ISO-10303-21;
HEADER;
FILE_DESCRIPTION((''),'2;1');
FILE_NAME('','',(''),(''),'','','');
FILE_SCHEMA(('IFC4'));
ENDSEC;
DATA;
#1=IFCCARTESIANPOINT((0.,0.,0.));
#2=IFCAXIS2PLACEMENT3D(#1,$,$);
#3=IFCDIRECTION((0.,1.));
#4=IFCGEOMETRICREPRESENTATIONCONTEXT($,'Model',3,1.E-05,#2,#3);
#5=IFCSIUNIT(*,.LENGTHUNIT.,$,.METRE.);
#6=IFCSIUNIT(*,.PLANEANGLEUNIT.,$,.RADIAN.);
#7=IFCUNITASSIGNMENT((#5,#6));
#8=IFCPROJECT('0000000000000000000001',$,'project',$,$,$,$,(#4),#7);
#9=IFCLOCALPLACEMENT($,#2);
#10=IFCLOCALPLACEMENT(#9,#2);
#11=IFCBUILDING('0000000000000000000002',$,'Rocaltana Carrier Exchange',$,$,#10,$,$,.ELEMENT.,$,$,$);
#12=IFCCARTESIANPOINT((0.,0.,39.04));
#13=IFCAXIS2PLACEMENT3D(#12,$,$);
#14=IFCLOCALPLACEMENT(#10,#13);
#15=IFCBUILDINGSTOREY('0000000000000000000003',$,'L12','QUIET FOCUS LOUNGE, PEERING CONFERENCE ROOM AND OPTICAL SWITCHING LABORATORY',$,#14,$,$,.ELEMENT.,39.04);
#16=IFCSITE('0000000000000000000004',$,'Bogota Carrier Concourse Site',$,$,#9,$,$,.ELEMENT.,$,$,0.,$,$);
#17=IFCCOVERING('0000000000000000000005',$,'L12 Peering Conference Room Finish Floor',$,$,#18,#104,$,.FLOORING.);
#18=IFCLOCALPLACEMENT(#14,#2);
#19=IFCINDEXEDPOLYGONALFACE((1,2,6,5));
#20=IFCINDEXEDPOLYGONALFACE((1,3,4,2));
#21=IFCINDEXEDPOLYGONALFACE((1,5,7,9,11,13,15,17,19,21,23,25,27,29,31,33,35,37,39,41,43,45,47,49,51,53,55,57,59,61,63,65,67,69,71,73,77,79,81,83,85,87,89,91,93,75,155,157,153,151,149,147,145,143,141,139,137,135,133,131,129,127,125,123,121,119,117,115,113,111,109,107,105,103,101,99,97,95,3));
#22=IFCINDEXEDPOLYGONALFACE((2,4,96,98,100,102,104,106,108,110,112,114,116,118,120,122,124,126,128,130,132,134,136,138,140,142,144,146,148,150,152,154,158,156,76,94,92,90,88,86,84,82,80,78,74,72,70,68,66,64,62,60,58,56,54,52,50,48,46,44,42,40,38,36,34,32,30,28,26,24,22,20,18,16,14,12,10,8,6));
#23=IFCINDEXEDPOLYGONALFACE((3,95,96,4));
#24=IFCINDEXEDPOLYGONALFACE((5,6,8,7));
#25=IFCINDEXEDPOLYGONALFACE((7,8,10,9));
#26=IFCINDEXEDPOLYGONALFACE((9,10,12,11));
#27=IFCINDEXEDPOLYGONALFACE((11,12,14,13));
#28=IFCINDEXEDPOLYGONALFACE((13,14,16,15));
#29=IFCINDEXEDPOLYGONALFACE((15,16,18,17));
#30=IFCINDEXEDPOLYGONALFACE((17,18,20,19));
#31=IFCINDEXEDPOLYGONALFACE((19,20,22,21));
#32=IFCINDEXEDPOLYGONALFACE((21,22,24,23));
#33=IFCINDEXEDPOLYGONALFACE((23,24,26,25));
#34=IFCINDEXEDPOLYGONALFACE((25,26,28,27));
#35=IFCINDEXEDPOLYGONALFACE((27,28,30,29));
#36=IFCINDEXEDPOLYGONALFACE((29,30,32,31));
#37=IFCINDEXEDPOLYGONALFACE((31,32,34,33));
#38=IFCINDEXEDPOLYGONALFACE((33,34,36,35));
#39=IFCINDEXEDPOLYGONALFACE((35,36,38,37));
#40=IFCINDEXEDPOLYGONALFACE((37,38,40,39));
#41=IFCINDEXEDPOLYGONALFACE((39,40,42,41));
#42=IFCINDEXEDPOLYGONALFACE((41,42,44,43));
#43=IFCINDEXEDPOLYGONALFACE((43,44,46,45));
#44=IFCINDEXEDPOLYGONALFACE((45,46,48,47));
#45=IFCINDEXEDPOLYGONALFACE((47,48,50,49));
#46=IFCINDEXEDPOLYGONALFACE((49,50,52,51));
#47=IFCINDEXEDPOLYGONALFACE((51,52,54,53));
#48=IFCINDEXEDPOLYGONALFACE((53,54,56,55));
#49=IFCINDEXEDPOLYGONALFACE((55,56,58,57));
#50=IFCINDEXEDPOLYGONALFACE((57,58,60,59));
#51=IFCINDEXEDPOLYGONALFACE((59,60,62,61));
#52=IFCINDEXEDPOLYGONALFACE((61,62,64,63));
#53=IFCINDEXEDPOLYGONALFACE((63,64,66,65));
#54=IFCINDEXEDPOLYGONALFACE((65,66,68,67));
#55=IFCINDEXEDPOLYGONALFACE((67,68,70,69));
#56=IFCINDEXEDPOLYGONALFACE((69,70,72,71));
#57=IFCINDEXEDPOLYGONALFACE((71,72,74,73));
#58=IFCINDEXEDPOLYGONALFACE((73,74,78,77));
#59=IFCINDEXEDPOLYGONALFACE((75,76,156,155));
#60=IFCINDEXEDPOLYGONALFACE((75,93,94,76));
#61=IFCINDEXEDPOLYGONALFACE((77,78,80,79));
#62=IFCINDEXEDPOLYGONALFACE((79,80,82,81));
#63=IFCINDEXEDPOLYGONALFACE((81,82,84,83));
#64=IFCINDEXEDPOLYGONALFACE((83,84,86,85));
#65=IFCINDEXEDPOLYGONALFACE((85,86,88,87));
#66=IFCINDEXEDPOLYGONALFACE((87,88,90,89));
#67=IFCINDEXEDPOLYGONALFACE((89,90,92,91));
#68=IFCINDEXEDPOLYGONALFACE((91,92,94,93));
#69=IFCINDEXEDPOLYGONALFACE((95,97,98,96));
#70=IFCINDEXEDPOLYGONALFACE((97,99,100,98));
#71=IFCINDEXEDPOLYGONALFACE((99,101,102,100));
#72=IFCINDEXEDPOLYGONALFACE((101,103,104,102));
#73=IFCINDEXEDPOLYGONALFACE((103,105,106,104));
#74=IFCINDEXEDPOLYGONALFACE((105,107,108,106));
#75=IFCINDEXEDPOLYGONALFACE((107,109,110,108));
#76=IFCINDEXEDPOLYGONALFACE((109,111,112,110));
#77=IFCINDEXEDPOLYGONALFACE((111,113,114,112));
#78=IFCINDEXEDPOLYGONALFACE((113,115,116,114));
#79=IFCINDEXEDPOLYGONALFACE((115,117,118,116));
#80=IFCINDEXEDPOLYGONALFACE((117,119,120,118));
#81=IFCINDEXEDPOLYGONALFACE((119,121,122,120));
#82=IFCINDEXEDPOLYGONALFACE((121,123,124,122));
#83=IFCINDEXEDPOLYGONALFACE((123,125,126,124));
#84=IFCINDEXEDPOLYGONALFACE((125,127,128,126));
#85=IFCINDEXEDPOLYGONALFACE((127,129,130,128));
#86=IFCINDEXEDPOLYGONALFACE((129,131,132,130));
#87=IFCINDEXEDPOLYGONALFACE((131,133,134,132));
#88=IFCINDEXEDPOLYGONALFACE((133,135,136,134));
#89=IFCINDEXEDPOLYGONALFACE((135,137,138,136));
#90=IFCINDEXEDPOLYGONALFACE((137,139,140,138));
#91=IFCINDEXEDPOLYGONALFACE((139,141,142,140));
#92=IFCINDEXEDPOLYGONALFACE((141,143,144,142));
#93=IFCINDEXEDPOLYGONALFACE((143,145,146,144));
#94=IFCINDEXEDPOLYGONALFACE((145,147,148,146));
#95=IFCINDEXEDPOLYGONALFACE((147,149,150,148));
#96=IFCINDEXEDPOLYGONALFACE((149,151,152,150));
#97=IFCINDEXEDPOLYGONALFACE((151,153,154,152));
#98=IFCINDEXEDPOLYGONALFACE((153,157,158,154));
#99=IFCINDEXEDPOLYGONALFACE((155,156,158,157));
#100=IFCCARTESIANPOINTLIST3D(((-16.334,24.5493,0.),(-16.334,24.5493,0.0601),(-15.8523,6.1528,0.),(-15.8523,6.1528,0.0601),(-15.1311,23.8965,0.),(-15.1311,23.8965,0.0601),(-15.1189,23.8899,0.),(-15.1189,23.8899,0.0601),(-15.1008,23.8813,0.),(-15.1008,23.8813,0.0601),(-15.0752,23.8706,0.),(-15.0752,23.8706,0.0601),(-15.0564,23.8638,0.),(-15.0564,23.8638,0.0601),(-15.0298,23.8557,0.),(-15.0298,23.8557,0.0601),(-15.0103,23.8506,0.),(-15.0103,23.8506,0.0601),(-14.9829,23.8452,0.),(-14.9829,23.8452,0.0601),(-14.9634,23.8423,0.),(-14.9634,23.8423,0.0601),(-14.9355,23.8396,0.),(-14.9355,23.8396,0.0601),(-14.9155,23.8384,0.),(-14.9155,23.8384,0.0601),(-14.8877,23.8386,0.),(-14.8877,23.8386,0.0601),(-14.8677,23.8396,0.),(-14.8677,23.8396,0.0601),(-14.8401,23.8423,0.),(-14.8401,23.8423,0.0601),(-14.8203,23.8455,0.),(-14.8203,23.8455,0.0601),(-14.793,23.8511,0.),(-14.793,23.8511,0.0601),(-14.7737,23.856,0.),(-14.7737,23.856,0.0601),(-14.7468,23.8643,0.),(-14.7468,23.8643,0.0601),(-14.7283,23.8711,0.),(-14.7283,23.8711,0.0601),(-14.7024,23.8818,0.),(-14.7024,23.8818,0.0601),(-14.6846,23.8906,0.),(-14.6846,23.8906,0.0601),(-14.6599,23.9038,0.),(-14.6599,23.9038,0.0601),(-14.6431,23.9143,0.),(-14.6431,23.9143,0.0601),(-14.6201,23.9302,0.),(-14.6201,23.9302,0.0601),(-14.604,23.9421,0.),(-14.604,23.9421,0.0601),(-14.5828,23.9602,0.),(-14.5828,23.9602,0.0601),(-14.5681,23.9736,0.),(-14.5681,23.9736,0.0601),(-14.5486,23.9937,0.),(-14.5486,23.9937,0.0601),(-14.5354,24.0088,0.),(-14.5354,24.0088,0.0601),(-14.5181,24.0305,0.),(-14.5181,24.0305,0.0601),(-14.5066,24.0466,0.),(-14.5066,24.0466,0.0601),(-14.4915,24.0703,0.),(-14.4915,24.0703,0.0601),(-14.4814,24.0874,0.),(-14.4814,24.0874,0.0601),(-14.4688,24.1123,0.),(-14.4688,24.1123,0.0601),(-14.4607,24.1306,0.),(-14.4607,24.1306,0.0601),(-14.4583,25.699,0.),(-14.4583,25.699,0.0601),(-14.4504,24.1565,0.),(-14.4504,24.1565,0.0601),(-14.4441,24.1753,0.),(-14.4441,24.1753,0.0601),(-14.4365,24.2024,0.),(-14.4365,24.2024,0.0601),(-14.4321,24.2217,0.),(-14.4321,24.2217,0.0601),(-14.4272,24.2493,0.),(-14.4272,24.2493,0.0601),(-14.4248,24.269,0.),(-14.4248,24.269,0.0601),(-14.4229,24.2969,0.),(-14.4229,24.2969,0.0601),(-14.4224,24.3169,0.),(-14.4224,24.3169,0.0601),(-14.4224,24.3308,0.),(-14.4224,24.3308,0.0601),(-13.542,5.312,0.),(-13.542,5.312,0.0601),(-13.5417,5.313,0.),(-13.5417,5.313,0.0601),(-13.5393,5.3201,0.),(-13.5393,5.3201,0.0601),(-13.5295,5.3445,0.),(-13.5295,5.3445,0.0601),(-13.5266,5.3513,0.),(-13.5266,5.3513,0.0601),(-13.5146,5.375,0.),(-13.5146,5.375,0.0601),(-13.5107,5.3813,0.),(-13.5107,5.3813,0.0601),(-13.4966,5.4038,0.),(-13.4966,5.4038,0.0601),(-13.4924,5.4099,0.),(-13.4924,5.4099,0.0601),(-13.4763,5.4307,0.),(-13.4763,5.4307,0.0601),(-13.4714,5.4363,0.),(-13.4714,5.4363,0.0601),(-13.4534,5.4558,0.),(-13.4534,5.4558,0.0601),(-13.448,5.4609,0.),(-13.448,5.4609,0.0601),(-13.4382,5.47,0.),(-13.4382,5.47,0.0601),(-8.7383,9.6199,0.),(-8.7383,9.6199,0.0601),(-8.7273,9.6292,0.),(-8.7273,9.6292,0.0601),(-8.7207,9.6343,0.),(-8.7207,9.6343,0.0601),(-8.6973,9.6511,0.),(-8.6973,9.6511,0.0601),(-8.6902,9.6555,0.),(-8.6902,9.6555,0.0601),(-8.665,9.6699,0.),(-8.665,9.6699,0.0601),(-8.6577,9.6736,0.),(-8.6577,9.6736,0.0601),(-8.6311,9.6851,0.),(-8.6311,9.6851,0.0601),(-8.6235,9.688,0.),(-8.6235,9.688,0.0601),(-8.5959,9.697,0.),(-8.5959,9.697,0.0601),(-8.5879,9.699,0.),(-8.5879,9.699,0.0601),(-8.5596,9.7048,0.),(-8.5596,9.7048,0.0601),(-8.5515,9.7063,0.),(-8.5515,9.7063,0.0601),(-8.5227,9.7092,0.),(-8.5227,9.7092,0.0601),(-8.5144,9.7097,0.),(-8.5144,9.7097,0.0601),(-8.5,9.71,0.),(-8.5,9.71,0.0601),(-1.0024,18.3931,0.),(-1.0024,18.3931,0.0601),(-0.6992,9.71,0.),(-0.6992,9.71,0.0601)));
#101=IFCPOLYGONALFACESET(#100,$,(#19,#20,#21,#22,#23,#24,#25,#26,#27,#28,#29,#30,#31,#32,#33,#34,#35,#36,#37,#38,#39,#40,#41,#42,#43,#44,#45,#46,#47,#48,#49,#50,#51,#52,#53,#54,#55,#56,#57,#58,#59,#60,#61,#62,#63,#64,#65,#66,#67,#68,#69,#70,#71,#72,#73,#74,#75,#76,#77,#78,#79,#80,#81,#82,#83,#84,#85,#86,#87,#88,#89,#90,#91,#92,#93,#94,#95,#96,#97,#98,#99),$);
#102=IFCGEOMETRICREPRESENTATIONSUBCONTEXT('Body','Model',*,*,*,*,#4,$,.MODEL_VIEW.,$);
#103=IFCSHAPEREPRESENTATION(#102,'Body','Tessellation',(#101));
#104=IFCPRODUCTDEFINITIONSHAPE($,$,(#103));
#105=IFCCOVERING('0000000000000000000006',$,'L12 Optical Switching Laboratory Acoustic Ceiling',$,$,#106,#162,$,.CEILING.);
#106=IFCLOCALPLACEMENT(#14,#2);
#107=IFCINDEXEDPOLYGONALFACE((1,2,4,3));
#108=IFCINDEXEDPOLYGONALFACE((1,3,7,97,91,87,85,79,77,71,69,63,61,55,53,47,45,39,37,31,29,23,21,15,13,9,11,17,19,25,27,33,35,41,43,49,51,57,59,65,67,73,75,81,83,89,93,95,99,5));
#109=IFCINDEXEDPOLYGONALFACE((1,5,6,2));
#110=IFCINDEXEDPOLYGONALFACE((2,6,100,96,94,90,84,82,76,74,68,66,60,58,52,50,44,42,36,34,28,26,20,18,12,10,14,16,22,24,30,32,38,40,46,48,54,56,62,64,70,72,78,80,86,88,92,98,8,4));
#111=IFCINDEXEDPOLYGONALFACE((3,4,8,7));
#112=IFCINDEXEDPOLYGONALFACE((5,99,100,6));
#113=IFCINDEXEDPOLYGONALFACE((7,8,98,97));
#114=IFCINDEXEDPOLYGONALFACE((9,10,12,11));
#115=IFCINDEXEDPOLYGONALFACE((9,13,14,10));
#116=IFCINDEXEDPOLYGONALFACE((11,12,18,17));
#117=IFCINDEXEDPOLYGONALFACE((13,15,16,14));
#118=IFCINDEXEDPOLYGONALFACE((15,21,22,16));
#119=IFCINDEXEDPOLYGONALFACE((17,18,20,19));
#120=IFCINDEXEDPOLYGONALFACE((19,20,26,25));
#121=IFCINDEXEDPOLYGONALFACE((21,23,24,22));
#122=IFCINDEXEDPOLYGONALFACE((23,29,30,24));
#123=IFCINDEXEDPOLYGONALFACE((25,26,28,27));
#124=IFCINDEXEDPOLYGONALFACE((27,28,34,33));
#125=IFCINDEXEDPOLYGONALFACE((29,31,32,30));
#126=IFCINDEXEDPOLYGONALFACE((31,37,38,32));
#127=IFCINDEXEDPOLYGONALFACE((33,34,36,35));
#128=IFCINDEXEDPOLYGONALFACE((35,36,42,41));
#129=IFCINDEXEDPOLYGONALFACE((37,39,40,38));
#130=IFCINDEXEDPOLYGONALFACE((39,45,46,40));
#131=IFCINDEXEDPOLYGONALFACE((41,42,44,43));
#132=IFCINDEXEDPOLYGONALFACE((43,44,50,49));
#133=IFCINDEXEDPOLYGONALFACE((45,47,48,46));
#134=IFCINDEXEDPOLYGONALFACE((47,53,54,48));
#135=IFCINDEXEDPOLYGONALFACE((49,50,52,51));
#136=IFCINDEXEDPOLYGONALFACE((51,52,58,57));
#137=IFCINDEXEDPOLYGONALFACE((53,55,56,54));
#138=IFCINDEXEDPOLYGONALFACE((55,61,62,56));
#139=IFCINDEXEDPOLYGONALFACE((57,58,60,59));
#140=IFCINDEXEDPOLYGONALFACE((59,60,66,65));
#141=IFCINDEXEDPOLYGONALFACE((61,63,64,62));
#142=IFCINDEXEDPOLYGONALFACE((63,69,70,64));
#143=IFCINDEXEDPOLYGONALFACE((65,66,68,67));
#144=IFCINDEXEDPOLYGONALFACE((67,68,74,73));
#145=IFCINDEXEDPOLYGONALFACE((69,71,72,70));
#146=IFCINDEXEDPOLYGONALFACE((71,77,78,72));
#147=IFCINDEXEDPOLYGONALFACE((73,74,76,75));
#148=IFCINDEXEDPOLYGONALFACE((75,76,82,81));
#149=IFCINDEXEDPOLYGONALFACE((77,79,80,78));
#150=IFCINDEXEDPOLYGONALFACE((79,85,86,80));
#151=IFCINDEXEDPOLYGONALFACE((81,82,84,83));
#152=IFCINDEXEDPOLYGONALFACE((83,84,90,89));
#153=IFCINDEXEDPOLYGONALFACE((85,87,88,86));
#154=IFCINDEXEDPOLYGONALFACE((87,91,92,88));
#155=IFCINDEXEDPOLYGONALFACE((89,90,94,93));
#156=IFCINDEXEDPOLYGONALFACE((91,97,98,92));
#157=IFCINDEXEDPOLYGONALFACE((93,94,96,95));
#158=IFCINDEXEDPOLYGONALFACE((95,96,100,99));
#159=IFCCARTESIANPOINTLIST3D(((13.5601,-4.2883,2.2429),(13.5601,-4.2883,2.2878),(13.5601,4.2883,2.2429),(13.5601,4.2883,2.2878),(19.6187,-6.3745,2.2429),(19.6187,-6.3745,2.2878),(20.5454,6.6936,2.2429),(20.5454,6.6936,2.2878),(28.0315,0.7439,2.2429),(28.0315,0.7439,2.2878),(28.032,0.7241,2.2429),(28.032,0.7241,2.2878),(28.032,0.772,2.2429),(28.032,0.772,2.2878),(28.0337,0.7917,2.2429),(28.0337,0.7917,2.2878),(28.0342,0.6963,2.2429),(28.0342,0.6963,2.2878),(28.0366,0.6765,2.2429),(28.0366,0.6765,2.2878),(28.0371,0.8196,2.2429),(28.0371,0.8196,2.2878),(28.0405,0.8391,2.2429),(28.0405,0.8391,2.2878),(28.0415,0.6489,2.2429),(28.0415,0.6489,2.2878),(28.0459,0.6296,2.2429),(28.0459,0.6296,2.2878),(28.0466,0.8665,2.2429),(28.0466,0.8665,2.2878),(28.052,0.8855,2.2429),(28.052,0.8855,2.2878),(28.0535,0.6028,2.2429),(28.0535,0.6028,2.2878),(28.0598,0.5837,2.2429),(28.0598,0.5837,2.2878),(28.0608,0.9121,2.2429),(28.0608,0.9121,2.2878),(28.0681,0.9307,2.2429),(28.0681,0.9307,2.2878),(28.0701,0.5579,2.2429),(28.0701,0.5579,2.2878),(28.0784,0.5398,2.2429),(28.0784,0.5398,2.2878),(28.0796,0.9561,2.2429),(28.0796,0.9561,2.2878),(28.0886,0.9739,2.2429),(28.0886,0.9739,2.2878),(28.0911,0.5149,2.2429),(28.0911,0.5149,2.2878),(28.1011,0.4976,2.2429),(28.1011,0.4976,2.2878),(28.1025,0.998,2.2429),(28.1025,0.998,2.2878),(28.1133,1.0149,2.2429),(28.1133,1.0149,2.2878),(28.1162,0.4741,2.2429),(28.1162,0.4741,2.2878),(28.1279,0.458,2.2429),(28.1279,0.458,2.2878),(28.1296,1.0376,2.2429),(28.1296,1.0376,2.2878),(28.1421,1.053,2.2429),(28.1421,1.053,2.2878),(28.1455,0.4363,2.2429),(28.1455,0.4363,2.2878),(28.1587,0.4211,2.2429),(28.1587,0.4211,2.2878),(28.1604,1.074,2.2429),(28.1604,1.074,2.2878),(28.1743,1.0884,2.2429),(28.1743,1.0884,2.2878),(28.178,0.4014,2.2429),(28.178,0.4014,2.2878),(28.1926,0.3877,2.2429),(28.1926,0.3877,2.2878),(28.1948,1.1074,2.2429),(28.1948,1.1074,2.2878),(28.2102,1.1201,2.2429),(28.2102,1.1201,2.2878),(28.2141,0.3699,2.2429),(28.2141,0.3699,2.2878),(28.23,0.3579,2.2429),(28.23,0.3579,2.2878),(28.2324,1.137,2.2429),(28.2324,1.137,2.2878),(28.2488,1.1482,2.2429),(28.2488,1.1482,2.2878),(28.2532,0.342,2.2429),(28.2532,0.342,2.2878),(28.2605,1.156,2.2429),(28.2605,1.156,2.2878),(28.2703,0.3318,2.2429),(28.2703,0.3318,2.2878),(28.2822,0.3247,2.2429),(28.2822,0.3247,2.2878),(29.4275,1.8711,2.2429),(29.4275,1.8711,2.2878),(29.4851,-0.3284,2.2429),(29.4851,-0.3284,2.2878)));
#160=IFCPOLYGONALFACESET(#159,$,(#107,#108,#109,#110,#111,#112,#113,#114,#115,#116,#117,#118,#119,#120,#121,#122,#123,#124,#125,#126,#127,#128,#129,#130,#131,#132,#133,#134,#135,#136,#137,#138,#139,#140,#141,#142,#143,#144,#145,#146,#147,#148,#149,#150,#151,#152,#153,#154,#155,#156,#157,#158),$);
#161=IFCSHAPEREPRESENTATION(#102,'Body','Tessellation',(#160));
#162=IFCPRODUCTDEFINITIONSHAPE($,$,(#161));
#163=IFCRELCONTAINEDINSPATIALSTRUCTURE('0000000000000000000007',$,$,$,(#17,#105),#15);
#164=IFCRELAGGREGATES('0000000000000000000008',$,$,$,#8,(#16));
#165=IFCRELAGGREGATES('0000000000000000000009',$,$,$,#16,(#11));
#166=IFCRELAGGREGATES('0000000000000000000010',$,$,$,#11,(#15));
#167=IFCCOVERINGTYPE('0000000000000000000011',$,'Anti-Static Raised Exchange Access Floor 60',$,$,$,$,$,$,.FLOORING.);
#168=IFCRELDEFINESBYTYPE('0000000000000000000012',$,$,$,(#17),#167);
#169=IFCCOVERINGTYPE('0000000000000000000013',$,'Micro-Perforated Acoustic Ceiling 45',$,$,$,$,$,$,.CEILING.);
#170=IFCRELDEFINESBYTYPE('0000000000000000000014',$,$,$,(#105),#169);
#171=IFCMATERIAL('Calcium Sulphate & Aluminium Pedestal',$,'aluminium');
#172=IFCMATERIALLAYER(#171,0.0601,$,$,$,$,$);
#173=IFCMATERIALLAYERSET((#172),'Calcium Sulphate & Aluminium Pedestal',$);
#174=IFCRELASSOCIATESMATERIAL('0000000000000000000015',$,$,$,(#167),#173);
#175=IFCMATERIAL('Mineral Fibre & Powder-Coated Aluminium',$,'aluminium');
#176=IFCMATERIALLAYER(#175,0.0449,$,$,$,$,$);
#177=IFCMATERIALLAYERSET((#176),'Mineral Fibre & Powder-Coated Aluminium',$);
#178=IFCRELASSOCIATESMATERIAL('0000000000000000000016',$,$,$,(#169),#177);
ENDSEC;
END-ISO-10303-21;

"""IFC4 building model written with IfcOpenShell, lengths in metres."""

from ifc_helpers import new_model, si_unit, direction, frame, origin, place, context, subcontext, project, spatial, polyline, outline, extrude, material, layer, layer_set, type_object, element, save


model = new_model("IFC4")

# Units and contexts
model_context = context("Model", 3, precision=1e-05, world=origin(), true_north=direction((0.0, 1.0)))
body_context = subcontext(model_context, "Body", "Model", "MODEL_VIEW")
ifc_project = project(units=[si_unit("LENGTHUNIT", "METRE"), si_unit("PLANEANGLEUNIT", "RADIAN")], contexts=[model_context])

# Site, building, storey
site_placement = place(None, origin())
site = spatial("IfcSite", under=ifc_project, at=site_placement, Name="Bogota Carrier Concourse Site", CompositionType="ELEMENT", RefElevation=0.0)
building_placement = place(site_placement, origin())
building = spatial("IfcBuilding", under=site, at=building_placement, Name="Rocaltana Carrier Exchange", CompositionType="ELEMENT")
storey_placement = place(building_placement, frame((0.0, 0.0, 39.04)))
storey = spatial("IfcBuildingStorey", under=building, at=storey_placement, Name="L12", Description="QUIET FOCUS LOUNGE, PEERING CONFERENCE ROOM AND OPTICAL SWITCHING LABORATORY", CompositionType="ELEMENT", Elevation=39.04)

# Coverings
ifc_material_1 = material(Name="Calcium Sulphate & Aluminium Pedestal", Category="aluminium")
ifc_layer_1 = layer(ifc_material_1, 0.0601)
ifc_layer_set_1 = layer_set([ifc_layer_1], Name="Calcium Sulphate & Aluminium Pedestal")
covering_type_1 = type_object("IfcCoveringType", Name="Anti-Static Raised Exchange Access Floor 60", PredefinedType="FLOORING", material=ifc_layer_set_1)
covering_1_placement = place(storey_placement, origin())
element("IfcCovering", 1, at=covering_1_placement, inside=storey, type_object=covering_type_1, Name="L12 Peering Conference Room Finish Floor", PredefinedType="FLOORING", context=body_context, shape_type="SweptSolid", body=[
    extrude(outline(polyline([(-16.334, 24.5493), (-15.1311, 23.8965), (-15.1189, 23.8899), (-15.1008, 23.8813), (-15.0752, 23.8706), (-15.0564, 23.8638), (-15.0298, 23.8557), (-15.0103, 23.8506), (-14.9829, 23.8452), (-14.9634, 23.8423), (-14.9355, 23.8396), (-14.9155, 23.8384), (-14.8877, 23.8386), (-14.8677, 23.8396), (-14.8401, 23.8423), (-14.8203, 23.8455), (-14.793, 23.8511), (-14.7737, 23.856), (-14.7468, 23.8643), (-14.7283, 23.8711), (-14.7024, 23.8818), (-14.6846, 23.8906), (-14.6599, 23.9038), (-14.6431, 23.9143), (-14.6201, 23.9302), (-14.604, 23.9421), (-14.5828, 23.9602), (-14.5681, 23.9736), (-14.5486, 23.9937), (-14.5354, 24.0088), (-14.5181, 24.0305), (-14.5066, 24.0466), (-14.4915, 24.0703), (-14.4814, 24.0874), (-14.4688, 24.1123), (-14.4607, 24.1306), (-14.4504, 24.1565), (-14.4441, 24.1753), (-14.4365, 24.2024), (-14.4321, 24.2217), (-14.4272, 24.2493), (-14.4248, 24.269), (-14.4229, 24.2969), (-14.4224, 24.3169), (-14.4224, 24.3308), (-14.4583, 25.699), (-1.0024, 18.3931), (-0.6992, 9.71), (-8.5, 9.71), (-8.5144, 9.7097), (-8.5227, 9.7092), (-8.5515, 9.7063), (-8.5596, 9.7048), (-8.5879, 9.699), (-8.5959, 9.697), (-8.6235, 9.688), (-8.6311, 9.6851), (-8.6577, 9.6736), (-8.665, 9.6699), (-8.6902, 9.6555), (-8.6973, 9.6511), (-8.7207, 9.6343), (-8.7273, 9.6292), (-8.7383, 9.6199), (-13.4382, 5.47), (-13.448, 5.4609), (-13.4534, 5.4558), (-13.4714, 5.4363), (-13.4763, 5.4307), (-13.4924, 5.4099), (-13.4966, 5.4038), (-13.5107, 5.3813), (-13.5146, 5.375), (-13.5266, 5.3513), (-13.5295, 5.3445), (-13.5393, 5.3201), (-13.5417, 5.313), (-13.542, 5.312), (-15.8523, 6.1528), (-16.334, 24.5493)])), origin(), (0.0, 0.0, 1.0), 0.0601),
])
ifc_material_2 = material(Name="Mineral Fibre & Powder-Coated Aluminium", Category="aluminium")
ifc_layer_2 = layer(ifc_material_2, 0.0449)
ifc_layer_set_2 = layer_set([ifc_layer_2], Name="Mineral Fibre & Powder-Coated Aluminium")
covering_type_2 = type_object("IfcCoveringType", Name="Micro-Perforated Acoustic Ceiling 45", PredefinedType="CEILING", material=ifc_layer_set_2)
covering_2_placement = place(storey_placement, frame((0.0, 0.0, 2.2429)))
element("IfcCovering", 2, at=covering_2_placement, inside=storey, type_object=covering_type_2, Name="L12 Optical Switching Laboratory Acoustic Ceiling", PredefinedType="CEILING", context=body_context, shape_type="SweptSolid", body=[
    extrude(outline(polyline([(29.4275, 1.8711), (28.2605, 1.156), (28.2488, 1.1482), (28.2324, 1.137), (28.2102, 1.1201), (28.1948, 1.1074), (28.1743, 1.0884), (28.1604, 1.074), (28.1421, 1.053), (28.1296, 1.0376), (28.1133, 1.0149), (28.1025, 0.998), (28.0886, 0.9739), (28.0796, 0.9561), (28.0681, 0.9307), (28.0608, 0.9121), (28.052, 0.8855), (28.0466, 0.8665), (28.0405, 0.8391), (28.0371, 0.8196), (28.0337, 0.7917), (28.032, 0.772), (28.0315, 0.7439), (28.032, 0.7241), (28.0342, 0.6963), (28.0366, 0.6765), (28.0415, 0.6489), (28.0459, 0.6296), (28.0535, 0.6028), (28.0598, 0.5837), (28.0701, 0.5579), (28.0784, 0.5398), (28.0911, 0.5149), (28.1011, 0.4976), (28.1162, 0.4741), (28.1279, 0.458), (28.1455, 0.4363), (28.1587, 0.4211), (28.178, 0.4014), (28.1926, 0.3877), (28.2141, 0.3699), (28.23, 0.3579), (28.2532, 0.342), (28.2703, 0.3318), (28.2822, 0.3247), (29.4851, -0.3284), (19.6187, -6.3745), (13.5601, -4.2883), (13.5601, 4.2883), (20.5454, 6.6936), (29.4275, 1.8711)])), origin(), (0.0, 0.0, 1.0), 0.0449),
])

save(model, "model.ifc")
